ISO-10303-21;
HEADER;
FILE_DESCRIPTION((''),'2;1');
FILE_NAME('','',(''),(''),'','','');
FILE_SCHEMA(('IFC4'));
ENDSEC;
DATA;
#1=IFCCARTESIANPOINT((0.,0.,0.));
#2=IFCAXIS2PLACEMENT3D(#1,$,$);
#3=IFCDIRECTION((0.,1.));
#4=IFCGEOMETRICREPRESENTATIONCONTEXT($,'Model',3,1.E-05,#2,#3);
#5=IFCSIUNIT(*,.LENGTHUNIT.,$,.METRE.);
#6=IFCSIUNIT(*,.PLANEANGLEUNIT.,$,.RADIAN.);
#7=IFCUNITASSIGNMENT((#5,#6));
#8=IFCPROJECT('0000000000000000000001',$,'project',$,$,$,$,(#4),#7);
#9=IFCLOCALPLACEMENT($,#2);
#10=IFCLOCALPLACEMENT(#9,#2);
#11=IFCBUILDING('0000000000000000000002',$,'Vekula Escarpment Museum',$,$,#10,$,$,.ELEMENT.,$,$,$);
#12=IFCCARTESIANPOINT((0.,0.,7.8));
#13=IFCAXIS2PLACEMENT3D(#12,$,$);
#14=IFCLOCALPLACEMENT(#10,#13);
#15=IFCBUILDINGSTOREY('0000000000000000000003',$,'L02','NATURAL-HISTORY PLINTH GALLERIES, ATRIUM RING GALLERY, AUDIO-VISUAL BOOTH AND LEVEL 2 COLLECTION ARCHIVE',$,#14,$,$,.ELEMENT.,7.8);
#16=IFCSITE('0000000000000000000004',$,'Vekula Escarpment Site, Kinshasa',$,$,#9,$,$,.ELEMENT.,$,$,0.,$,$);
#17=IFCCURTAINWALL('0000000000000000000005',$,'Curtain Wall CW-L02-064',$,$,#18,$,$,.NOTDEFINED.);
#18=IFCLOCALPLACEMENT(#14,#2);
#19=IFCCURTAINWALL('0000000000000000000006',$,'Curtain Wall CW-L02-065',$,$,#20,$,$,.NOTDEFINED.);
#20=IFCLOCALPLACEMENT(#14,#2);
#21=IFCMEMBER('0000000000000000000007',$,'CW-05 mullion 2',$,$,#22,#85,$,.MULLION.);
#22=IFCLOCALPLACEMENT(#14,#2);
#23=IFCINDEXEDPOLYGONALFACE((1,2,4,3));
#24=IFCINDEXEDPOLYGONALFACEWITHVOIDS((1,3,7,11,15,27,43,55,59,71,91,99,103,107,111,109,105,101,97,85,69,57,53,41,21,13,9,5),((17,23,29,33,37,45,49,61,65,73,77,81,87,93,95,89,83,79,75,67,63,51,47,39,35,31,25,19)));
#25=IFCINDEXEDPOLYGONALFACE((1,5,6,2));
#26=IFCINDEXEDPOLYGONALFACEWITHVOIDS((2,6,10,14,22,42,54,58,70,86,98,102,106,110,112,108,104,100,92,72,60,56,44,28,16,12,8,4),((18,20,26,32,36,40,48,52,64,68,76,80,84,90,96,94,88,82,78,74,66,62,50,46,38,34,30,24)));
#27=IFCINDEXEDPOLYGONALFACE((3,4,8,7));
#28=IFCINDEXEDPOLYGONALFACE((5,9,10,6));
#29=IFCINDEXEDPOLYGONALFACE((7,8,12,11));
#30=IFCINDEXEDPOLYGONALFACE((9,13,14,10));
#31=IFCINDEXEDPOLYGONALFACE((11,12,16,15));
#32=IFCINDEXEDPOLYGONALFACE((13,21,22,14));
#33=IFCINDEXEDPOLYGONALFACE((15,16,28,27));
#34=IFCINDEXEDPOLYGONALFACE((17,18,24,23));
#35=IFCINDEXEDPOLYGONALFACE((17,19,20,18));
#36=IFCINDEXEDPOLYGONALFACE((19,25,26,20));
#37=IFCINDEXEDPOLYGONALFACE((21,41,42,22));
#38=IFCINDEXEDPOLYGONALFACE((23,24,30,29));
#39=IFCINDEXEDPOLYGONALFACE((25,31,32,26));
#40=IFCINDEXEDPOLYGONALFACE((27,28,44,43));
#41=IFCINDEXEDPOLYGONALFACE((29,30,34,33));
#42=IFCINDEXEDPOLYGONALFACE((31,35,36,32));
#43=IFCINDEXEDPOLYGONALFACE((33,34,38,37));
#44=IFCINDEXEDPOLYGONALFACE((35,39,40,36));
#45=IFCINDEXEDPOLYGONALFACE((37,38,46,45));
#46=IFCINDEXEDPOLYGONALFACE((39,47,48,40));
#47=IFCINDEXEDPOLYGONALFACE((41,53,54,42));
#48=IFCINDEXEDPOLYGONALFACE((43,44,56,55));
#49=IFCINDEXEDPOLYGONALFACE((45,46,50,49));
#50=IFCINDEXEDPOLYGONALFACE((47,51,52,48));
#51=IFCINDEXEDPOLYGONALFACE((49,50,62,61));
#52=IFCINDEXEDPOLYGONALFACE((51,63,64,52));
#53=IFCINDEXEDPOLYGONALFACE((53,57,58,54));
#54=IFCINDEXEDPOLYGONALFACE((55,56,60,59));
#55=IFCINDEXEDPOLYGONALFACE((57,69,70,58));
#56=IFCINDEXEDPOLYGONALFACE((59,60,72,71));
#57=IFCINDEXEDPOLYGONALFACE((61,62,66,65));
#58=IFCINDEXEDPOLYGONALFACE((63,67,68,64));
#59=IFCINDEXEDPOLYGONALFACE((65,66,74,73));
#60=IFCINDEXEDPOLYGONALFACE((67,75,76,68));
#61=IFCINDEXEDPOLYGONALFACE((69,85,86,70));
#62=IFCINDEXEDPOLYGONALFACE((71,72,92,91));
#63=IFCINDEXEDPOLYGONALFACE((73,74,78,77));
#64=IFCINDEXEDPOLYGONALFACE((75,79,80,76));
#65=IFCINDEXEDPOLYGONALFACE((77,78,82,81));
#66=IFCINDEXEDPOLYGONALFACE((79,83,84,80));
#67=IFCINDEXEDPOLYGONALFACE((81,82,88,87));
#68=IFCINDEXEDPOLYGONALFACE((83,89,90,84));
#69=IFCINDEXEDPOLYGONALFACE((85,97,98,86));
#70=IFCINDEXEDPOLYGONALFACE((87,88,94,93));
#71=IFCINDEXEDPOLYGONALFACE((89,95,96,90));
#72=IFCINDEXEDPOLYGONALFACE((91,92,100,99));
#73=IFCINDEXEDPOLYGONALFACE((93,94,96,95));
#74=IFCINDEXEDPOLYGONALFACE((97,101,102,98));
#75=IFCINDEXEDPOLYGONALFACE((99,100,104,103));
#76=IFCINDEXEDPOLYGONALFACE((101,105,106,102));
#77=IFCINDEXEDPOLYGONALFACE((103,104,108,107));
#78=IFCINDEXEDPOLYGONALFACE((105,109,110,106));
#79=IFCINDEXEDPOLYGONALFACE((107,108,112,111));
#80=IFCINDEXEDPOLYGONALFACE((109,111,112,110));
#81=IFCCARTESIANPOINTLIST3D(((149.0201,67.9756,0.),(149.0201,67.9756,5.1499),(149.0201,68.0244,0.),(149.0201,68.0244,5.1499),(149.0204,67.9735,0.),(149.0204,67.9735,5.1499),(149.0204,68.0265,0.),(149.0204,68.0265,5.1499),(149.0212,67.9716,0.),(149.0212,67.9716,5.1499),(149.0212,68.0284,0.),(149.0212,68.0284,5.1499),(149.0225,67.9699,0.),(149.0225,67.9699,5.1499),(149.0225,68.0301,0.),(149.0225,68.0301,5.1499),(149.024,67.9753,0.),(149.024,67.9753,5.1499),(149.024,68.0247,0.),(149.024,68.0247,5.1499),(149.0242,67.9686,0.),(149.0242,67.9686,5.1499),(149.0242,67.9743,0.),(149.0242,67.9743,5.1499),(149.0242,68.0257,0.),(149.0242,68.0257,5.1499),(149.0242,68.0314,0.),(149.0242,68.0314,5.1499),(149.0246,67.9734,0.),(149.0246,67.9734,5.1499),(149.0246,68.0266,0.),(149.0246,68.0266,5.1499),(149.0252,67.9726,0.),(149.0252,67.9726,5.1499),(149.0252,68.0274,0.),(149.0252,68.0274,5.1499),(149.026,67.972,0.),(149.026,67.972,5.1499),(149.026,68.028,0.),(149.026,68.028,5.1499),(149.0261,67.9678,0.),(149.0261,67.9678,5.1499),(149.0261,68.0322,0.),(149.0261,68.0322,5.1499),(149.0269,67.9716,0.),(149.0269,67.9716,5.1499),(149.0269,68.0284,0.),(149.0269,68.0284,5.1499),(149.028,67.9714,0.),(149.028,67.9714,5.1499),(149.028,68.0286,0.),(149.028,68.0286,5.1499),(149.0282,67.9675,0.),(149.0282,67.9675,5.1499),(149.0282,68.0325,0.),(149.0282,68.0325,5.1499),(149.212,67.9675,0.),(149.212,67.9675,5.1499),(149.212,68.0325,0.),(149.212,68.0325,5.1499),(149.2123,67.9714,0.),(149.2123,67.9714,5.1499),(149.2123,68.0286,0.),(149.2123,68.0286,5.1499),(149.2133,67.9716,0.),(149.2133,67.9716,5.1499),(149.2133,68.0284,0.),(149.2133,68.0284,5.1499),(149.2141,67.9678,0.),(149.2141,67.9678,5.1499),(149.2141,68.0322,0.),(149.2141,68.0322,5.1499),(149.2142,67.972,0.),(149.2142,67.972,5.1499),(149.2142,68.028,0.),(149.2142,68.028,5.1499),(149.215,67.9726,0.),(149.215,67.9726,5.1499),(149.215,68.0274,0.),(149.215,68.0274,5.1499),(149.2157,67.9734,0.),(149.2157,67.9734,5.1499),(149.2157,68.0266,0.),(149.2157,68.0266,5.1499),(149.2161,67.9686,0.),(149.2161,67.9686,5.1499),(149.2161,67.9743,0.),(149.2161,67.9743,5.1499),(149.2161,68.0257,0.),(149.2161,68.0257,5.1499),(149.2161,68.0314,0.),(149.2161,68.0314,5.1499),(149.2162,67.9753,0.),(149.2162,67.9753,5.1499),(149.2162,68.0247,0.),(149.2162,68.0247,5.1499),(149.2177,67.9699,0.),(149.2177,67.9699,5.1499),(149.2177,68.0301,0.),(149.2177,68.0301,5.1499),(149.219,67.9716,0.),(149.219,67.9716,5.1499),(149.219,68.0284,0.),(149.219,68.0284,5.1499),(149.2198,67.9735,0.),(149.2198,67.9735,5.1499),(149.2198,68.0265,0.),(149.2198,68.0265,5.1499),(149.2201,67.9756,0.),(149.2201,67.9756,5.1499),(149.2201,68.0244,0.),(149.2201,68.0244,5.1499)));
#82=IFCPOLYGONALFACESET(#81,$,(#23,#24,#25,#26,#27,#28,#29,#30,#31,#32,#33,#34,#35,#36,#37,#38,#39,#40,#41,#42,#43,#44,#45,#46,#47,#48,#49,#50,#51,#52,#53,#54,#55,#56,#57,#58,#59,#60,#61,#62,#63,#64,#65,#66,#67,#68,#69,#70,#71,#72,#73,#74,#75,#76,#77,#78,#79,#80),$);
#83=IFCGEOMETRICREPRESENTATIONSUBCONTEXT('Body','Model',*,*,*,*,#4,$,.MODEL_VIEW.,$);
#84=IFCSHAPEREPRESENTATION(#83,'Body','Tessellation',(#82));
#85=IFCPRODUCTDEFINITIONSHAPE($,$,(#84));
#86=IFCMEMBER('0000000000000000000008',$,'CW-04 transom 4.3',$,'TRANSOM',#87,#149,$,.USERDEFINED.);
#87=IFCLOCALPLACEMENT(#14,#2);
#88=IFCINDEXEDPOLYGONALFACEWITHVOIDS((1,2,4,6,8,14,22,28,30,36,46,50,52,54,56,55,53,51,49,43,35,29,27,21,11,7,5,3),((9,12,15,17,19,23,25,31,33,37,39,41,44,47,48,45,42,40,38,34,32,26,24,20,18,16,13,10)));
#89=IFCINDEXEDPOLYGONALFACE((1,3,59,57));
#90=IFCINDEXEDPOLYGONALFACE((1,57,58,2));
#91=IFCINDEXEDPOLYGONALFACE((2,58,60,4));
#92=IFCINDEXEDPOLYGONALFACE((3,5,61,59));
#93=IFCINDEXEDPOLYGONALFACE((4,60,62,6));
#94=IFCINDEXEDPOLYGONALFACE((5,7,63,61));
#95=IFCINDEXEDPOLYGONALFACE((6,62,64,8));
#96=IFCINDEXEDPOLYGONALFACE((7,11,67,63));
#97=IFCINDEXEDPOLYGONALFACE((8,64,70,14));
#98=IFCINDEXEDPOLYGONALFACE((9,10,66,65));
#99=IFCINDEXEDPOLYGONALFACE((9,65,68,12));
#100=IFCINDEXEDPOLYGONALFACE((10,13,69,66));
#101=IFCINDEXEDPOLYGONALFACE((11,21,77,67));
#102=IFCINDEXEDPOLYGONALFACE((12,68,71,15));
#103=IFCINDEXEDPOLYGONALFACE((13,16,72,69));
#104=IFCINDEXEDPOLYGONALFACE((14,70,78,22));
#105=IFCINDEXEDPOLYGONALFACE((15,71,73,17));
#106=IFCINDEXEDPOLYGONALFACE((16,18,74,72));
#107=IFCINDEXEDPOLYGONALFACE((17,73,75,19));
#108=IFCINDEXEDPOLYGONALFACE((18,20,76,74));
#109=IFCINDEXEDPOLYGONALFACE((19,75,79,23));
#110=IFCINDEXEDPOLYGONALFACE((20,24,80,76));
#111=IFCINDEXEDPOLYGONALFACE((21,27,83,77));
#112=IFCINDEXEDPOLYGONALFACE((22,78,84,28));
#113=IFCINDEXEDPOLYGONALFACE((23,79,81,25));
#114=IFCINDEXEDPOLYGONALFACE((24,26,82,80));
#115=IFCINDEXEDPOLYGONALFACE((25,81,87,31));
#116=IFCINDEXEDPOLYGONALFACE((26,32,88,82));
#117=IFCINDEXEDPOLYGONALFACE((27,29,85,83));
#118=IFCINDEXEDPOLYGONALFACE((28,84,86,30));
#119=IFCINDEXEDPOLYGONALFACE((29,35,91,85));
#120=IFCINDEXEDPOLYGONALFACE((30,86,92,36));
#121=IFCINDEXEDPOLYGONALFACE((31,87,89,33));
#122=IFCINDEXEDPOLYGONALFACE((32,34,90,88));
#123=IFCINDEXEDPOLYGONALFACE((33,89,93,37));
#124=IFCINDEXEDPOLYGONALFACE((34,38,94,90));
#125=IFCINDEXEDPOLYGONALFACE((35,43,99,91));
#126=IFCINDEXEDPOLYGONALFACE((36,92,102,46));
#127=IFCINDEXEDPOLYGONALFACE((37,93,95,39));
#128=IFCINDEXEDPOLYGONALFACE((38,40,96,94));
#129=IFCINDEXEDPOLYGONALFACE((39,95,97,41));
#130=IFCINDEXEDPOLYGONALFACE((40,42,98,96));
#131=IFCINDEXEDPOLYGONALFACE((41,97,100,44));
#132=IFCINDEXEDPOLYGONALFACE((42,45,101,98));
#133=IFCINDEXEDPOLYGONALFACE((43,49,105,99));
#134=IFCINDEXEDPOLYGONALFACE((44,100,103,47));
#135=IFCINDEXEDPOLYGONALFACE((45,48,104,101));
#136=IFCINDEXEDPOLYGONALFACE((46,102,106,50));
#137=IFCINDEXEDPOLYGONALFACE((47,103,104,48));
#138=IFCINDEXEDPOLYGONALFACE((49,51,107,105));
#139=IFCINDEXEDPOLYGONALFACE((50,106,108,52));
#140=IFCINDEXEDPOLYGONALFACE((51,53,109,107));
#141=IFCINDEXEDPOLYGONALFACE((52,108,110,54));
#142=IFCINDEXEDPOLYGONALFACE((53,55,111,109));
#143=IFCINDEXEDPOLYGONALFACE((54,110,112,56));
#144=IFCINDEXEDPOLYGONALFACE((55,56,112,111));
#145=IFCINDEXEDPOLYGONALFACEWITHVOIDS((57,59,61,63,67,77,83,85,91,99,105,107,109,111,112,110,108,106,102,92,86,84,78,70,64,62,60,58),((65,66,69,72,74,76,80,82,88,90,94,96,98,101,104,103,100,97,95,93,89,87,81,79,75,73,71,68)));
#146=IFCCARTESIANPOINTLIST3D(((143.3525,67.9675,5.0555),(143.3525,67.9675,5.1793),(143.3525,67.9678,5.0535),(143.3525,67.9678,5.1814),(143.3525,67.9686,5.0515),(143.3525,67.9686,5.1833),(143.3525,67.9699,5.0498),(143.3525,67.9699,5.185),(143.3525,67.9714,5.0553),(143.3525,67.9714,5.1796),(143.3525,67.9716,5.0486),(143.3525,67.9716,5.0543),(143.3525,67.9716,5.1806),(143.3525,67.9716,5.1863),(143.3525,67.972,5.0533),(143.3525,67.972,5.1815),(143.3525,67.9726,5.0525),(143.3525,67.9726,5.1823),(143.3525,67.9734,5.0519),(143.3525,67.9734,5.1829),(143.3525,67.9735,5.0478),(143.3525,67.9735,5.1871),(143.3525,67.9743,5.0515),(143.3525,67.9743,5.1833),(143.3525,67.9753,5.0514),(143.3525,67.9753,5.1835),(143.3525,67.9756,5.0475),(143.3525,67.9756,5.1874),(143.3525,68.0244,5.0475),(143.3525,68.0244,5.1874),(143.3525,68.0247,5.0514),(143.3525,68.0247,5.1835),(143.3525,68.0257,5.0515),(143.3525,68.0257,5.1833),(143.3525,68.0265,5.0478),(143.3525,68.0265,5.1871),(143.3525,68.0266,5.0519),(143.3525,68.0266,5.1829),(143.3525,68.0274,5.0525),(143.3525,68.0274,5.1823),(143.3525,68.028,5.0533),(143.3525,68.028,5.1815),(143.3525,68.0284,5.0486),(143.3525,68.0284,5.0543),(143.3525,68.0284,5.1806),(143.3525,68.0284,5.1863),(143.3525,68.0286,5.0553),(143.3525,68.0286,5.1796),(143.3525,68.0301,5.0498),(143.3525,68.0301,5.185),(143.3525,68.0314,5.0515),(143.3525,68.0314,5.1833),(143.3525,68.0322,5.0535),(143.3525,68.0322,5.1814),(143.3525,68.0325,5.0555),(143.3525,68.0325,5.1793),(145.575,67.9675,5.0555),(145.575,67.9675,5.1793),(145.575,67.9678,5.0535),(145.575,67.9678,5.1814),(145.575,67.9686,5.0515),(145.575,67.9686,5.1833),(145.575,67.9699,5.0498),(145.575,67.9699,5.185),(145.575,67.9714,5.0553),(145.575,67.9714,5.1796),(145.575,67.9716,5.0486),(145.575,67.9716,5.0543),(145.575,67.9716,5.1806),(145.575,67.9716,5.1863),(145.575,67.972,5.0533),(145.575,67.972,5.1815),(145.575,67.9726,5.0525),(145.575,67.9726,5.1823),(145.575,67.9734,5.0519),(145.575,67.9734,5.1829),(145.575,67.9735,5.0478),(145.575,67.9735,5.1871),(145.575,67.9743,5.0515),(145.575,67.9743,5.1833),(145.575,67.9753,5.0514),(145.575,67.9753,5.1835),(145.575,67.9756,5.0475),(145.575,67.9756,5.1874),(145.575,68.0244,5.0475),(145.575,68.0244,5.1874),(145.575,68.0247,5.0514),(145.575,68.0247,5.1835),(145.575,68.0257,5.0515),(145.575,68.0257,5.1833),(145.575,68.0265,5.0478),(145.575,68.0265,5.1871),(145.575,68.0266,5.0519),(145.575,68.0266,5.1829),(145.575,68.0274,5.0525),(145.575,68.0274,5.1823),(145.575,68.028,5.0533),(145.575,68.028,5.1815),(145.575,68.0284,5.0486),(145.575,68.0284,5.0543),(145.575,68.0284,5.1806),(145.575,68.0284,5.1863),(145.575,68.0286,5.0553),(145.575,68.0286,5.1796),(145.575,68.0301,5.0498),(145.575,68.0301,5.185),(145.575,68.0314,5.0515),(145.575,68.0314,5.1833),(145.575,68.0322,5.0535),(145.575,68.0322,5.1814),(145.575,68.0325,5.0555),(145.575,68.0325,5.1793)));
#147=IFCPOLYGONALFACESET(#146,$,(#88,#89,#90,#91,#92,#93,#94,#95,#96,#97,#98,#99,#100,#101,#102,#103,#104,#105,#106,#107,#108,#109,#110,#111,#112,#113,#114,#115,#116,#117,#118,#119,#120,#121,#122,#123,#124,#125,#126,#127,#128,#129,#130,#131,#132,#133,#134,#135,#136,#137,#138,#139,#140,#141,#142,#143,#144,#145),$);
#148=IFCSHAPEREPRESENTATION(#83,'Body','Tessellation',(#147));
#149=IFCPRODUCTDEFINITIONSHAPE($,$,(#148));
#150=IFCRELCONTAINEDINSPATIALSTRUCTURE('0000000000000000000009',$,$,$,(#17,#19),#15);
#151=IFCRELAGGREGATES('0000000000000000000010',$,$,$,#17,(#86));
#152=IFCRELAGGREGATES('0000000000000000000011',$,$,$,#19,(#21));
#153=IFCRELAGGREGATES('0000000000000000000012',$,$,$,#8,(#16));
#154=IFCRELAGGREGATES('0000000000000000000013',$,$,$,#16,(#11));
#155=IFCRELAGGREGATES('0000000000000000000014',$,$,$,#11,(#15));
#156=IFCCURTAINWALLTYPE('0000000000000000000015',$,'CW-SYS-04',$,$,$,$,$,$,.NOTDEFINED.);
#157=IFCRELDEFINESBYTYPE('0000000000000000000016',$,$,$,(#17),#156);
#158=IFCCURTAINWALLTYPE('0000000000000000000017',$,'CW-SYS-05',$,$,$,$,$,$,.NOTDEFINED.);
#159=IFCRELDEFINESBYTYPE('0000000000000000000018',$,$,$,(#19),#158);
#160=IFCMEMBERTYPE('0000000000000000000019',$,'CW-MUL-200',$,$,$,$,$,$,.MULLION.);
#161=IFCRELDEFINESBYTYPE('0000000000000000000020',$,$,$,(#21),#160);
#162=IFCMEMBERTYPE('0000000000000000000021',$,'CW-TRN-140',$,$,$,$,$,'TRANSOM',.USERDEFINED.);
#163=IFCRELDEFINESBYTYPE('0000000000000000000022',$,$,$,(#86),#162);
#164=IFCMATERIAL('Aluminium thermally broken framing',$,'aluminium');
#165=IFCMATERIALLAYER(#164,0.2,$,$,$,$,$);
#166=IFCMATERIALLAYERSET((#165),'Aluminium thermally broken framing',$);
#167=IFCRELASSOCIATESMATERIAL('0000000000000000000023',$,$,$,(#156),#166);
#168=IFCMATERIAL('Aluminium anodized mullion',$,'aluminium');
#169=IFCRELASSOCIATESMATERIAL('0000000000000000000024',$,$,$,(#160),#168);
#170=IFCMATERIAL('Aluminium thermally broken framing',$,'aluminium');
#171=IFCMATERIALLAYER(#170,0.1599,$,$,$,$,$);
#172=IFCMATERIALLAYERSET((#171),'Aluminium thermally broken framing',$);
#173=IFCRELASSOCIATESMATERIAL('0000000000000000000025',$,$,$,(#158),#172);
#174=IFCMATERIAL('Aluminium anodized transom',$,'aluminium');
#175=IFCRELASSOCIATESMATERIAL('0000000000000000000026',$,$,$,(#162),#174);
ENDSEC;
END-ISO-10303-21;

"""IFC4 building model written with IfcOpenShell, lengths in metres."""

from ifc_helpers import new_model, si_unit, direction, frame, origin, origin_2d, place, context, subcontext, project, spatial, hollow_rectangle, extrude, material, layer, layer_set, material_profile, profile_set, type_object, element, aggregate, save


model = new_model("IFC4")

# Units and contexts
model_context = context("Model", 3, precision=1e-05, world=origin(), true_north=direction((0.0, 1.0)))
body_context = subcontext(model_context, "Body", "Model", "MODEL_VIEW")
ifc_project = project(units=[si_unit("LENGTHUNIT", "METRE"), si_unit("PLANEANGLEUNIT", "RADIAN")], contexts=[model_context])

# Site, building, storey
site_placement = place(None, origin())
site = spatial("IfcSite", under=ifc_project, at=site_placement, Name="Vekula Escarpment Site, Kinshasa", CompositionType="ELEMENT", RefElevation=0.0)
building_placement = place(site_placement, origin())
building = spatial("IfcBuilding", under=site, at=building_placement, Name="Vekula Escarpment Museum", CompositionType="ELEMENT")
storey_placement = place(building_placement, frame((0.0, 0.0, 7.8)))
storey = spatial("IfcBuildingStorey", under=building, at=storey_placement, Name="L02", Description="NATURAL-HISTORY PLINTH GALLERIES, ATRIUM RING GALLERY, AUDIO-VISUAL BOOTH AND LEVEL 2 COLLECTION ARCHIVE", CompositionType="ELEMENT", Elevation=7.8)

# Curtain wall
ifc_material_1 = material(Name="Aluminium thermally broken framing", Category="aluminium")
ifc_layer_1 = layer(ifc_material_1, 0.2)
ifc_layer_set_1 = layer_set([ifc_layer_1], Name="Aluminium thermally broken framing")
curtain_wall_type_1 = type_object("IfcCurtainWallType", Name="CW-SYS-04", PredefinedType="NOTDEFINED", material=ifc_layer_set_1)
curtain_wall_1_placement = place(storey_placement, origin())
curtain_wall_1 = element("IfcCurtainWall", 1, at=curtain_wall_1_placement, inside=storey, type_object=curtain_wall_type_1, Name="Curtain Wall CW-L02-064", PredefinedType="NOTDEFINED")
ifc_material_2 = material(Name="Aluminium anodized mullion", Category="aluminium")
ifc_material_profile_1 = material_profile(ifc_material_2, hollow_rectangle(XDim=0.0649, YDim=0.2, WallThickness=0.0039, InnerFilletRadius=0.0039, OuterFilletRadius=0.0081, at=origin_2d()), Name="ALU 200x65x4")
ifc_profile_set_1 = profile_set([ifc_material_profile_1], Name="Aluminium anodized mullion")
member_type_1 = type_object("IfcMemberType", Name="CW-MUL-200", PredefinedType="MULLION", material=ifc_profile_set_1)

# Curtain wall, member
ifc_material_3 = material(Name="Aluminium thermally broken framing", Category="aluminium")
ifc_layer_2 = layer(ifc_material_3, 0.1599)
ifc_layer_set_2 = layer_set([ifc_layer_2], Name="Aluminium thermally broken framing")
curtain_wall_type_2 = type_object("IfcCurtainWallType", Name="CW-SYS-05", PredefinedType="NOTDEFINED", material=ifc_layer_set_2)
curtain_wall_2_placement = place(storey_placement, origin())
curtain_wall_2 = element("IfcCurtainWall", 2, at=curtain_wall_2_placement, inside=storey, type_object=curtain_wall_type_2, Name="Curtain Wall CW-L02-065", PredefinedType="NOTDEFINED")
member_1_placement = place(storey_placement, frame((149.1201, 68.0, 0.0), z_axis=(0.0, 0.0, 1.0), x_axis=(0.0, 1.0, 0.0)))
member_1 = element("IfcMember", 3, at=member_1_placement, type_object=member_type_1, Name="CW-05 mullion 2", PredefinedType="MULLION", context=body_context, shape_type="SweptSolid", body=[
    extrude(hollow_rectangle(XDim=0.0649, YDim=0.2, WallThickness=0.0039, InnerFilletRadius=0.0039, OuterFilletRadius=0.0081, at=origin_2d()), origin(), (0.0, 0.0, 1.0), 5.1499),
])

# Member
ifc_material_4 = material(Name="Aluminium anodized transom", Category="aluminium")
ifc_material_profile_2 = material_profile(ifc_material_4, hollow_rectangle(XDim=0.0649, YDim=0.1399, WallThickness=0.0039, InnerFilletRadius=0.0039, OuterFilletRadius=0.0081, at=origin_2d()), Name="ALU 140x65x4")
ifc_profile_set_2 = profile_set([ifc_material_profile_2], Name="Aluminium anodized transom")
member_type_2 = type_object("IfcMemberType", Name="CW-TRN-140", ElementType="TRANSOM", PredefinedType="USERDEFINED", material=ifc_profile_set_2)
member_2_placement = place(storey_placement, frame((143.3525, 68.0, 5.1174), z_axis=(1.0, 0.0, 0.0), x_axis=(0.0, 1.0, 0.0)))
member_2 = element("IfcMember", 4, at=member_2_placement, type_object=member_type_2, Name="CW-04 transom 4.3", ObjectType="TRANSOM", PredefinedType="USERDEFINED", context=body_context, shape_type="SweptSolid", body=[
    extrude(hollow_rectangle(XDim=0.0649, YDim=0.1399, WallThickness=0.0039, InnerFilletRadius=0.0039, OuterFilletRadius=0.0081, at=origin_2d()), origin(), (0.0, 0.0, 1.0), 2.2224),
])

aggregate(curtain_wall_1, [member_2])
aggregate(curtain_wall_2, [member_1])

save(model, "model.ifc")
